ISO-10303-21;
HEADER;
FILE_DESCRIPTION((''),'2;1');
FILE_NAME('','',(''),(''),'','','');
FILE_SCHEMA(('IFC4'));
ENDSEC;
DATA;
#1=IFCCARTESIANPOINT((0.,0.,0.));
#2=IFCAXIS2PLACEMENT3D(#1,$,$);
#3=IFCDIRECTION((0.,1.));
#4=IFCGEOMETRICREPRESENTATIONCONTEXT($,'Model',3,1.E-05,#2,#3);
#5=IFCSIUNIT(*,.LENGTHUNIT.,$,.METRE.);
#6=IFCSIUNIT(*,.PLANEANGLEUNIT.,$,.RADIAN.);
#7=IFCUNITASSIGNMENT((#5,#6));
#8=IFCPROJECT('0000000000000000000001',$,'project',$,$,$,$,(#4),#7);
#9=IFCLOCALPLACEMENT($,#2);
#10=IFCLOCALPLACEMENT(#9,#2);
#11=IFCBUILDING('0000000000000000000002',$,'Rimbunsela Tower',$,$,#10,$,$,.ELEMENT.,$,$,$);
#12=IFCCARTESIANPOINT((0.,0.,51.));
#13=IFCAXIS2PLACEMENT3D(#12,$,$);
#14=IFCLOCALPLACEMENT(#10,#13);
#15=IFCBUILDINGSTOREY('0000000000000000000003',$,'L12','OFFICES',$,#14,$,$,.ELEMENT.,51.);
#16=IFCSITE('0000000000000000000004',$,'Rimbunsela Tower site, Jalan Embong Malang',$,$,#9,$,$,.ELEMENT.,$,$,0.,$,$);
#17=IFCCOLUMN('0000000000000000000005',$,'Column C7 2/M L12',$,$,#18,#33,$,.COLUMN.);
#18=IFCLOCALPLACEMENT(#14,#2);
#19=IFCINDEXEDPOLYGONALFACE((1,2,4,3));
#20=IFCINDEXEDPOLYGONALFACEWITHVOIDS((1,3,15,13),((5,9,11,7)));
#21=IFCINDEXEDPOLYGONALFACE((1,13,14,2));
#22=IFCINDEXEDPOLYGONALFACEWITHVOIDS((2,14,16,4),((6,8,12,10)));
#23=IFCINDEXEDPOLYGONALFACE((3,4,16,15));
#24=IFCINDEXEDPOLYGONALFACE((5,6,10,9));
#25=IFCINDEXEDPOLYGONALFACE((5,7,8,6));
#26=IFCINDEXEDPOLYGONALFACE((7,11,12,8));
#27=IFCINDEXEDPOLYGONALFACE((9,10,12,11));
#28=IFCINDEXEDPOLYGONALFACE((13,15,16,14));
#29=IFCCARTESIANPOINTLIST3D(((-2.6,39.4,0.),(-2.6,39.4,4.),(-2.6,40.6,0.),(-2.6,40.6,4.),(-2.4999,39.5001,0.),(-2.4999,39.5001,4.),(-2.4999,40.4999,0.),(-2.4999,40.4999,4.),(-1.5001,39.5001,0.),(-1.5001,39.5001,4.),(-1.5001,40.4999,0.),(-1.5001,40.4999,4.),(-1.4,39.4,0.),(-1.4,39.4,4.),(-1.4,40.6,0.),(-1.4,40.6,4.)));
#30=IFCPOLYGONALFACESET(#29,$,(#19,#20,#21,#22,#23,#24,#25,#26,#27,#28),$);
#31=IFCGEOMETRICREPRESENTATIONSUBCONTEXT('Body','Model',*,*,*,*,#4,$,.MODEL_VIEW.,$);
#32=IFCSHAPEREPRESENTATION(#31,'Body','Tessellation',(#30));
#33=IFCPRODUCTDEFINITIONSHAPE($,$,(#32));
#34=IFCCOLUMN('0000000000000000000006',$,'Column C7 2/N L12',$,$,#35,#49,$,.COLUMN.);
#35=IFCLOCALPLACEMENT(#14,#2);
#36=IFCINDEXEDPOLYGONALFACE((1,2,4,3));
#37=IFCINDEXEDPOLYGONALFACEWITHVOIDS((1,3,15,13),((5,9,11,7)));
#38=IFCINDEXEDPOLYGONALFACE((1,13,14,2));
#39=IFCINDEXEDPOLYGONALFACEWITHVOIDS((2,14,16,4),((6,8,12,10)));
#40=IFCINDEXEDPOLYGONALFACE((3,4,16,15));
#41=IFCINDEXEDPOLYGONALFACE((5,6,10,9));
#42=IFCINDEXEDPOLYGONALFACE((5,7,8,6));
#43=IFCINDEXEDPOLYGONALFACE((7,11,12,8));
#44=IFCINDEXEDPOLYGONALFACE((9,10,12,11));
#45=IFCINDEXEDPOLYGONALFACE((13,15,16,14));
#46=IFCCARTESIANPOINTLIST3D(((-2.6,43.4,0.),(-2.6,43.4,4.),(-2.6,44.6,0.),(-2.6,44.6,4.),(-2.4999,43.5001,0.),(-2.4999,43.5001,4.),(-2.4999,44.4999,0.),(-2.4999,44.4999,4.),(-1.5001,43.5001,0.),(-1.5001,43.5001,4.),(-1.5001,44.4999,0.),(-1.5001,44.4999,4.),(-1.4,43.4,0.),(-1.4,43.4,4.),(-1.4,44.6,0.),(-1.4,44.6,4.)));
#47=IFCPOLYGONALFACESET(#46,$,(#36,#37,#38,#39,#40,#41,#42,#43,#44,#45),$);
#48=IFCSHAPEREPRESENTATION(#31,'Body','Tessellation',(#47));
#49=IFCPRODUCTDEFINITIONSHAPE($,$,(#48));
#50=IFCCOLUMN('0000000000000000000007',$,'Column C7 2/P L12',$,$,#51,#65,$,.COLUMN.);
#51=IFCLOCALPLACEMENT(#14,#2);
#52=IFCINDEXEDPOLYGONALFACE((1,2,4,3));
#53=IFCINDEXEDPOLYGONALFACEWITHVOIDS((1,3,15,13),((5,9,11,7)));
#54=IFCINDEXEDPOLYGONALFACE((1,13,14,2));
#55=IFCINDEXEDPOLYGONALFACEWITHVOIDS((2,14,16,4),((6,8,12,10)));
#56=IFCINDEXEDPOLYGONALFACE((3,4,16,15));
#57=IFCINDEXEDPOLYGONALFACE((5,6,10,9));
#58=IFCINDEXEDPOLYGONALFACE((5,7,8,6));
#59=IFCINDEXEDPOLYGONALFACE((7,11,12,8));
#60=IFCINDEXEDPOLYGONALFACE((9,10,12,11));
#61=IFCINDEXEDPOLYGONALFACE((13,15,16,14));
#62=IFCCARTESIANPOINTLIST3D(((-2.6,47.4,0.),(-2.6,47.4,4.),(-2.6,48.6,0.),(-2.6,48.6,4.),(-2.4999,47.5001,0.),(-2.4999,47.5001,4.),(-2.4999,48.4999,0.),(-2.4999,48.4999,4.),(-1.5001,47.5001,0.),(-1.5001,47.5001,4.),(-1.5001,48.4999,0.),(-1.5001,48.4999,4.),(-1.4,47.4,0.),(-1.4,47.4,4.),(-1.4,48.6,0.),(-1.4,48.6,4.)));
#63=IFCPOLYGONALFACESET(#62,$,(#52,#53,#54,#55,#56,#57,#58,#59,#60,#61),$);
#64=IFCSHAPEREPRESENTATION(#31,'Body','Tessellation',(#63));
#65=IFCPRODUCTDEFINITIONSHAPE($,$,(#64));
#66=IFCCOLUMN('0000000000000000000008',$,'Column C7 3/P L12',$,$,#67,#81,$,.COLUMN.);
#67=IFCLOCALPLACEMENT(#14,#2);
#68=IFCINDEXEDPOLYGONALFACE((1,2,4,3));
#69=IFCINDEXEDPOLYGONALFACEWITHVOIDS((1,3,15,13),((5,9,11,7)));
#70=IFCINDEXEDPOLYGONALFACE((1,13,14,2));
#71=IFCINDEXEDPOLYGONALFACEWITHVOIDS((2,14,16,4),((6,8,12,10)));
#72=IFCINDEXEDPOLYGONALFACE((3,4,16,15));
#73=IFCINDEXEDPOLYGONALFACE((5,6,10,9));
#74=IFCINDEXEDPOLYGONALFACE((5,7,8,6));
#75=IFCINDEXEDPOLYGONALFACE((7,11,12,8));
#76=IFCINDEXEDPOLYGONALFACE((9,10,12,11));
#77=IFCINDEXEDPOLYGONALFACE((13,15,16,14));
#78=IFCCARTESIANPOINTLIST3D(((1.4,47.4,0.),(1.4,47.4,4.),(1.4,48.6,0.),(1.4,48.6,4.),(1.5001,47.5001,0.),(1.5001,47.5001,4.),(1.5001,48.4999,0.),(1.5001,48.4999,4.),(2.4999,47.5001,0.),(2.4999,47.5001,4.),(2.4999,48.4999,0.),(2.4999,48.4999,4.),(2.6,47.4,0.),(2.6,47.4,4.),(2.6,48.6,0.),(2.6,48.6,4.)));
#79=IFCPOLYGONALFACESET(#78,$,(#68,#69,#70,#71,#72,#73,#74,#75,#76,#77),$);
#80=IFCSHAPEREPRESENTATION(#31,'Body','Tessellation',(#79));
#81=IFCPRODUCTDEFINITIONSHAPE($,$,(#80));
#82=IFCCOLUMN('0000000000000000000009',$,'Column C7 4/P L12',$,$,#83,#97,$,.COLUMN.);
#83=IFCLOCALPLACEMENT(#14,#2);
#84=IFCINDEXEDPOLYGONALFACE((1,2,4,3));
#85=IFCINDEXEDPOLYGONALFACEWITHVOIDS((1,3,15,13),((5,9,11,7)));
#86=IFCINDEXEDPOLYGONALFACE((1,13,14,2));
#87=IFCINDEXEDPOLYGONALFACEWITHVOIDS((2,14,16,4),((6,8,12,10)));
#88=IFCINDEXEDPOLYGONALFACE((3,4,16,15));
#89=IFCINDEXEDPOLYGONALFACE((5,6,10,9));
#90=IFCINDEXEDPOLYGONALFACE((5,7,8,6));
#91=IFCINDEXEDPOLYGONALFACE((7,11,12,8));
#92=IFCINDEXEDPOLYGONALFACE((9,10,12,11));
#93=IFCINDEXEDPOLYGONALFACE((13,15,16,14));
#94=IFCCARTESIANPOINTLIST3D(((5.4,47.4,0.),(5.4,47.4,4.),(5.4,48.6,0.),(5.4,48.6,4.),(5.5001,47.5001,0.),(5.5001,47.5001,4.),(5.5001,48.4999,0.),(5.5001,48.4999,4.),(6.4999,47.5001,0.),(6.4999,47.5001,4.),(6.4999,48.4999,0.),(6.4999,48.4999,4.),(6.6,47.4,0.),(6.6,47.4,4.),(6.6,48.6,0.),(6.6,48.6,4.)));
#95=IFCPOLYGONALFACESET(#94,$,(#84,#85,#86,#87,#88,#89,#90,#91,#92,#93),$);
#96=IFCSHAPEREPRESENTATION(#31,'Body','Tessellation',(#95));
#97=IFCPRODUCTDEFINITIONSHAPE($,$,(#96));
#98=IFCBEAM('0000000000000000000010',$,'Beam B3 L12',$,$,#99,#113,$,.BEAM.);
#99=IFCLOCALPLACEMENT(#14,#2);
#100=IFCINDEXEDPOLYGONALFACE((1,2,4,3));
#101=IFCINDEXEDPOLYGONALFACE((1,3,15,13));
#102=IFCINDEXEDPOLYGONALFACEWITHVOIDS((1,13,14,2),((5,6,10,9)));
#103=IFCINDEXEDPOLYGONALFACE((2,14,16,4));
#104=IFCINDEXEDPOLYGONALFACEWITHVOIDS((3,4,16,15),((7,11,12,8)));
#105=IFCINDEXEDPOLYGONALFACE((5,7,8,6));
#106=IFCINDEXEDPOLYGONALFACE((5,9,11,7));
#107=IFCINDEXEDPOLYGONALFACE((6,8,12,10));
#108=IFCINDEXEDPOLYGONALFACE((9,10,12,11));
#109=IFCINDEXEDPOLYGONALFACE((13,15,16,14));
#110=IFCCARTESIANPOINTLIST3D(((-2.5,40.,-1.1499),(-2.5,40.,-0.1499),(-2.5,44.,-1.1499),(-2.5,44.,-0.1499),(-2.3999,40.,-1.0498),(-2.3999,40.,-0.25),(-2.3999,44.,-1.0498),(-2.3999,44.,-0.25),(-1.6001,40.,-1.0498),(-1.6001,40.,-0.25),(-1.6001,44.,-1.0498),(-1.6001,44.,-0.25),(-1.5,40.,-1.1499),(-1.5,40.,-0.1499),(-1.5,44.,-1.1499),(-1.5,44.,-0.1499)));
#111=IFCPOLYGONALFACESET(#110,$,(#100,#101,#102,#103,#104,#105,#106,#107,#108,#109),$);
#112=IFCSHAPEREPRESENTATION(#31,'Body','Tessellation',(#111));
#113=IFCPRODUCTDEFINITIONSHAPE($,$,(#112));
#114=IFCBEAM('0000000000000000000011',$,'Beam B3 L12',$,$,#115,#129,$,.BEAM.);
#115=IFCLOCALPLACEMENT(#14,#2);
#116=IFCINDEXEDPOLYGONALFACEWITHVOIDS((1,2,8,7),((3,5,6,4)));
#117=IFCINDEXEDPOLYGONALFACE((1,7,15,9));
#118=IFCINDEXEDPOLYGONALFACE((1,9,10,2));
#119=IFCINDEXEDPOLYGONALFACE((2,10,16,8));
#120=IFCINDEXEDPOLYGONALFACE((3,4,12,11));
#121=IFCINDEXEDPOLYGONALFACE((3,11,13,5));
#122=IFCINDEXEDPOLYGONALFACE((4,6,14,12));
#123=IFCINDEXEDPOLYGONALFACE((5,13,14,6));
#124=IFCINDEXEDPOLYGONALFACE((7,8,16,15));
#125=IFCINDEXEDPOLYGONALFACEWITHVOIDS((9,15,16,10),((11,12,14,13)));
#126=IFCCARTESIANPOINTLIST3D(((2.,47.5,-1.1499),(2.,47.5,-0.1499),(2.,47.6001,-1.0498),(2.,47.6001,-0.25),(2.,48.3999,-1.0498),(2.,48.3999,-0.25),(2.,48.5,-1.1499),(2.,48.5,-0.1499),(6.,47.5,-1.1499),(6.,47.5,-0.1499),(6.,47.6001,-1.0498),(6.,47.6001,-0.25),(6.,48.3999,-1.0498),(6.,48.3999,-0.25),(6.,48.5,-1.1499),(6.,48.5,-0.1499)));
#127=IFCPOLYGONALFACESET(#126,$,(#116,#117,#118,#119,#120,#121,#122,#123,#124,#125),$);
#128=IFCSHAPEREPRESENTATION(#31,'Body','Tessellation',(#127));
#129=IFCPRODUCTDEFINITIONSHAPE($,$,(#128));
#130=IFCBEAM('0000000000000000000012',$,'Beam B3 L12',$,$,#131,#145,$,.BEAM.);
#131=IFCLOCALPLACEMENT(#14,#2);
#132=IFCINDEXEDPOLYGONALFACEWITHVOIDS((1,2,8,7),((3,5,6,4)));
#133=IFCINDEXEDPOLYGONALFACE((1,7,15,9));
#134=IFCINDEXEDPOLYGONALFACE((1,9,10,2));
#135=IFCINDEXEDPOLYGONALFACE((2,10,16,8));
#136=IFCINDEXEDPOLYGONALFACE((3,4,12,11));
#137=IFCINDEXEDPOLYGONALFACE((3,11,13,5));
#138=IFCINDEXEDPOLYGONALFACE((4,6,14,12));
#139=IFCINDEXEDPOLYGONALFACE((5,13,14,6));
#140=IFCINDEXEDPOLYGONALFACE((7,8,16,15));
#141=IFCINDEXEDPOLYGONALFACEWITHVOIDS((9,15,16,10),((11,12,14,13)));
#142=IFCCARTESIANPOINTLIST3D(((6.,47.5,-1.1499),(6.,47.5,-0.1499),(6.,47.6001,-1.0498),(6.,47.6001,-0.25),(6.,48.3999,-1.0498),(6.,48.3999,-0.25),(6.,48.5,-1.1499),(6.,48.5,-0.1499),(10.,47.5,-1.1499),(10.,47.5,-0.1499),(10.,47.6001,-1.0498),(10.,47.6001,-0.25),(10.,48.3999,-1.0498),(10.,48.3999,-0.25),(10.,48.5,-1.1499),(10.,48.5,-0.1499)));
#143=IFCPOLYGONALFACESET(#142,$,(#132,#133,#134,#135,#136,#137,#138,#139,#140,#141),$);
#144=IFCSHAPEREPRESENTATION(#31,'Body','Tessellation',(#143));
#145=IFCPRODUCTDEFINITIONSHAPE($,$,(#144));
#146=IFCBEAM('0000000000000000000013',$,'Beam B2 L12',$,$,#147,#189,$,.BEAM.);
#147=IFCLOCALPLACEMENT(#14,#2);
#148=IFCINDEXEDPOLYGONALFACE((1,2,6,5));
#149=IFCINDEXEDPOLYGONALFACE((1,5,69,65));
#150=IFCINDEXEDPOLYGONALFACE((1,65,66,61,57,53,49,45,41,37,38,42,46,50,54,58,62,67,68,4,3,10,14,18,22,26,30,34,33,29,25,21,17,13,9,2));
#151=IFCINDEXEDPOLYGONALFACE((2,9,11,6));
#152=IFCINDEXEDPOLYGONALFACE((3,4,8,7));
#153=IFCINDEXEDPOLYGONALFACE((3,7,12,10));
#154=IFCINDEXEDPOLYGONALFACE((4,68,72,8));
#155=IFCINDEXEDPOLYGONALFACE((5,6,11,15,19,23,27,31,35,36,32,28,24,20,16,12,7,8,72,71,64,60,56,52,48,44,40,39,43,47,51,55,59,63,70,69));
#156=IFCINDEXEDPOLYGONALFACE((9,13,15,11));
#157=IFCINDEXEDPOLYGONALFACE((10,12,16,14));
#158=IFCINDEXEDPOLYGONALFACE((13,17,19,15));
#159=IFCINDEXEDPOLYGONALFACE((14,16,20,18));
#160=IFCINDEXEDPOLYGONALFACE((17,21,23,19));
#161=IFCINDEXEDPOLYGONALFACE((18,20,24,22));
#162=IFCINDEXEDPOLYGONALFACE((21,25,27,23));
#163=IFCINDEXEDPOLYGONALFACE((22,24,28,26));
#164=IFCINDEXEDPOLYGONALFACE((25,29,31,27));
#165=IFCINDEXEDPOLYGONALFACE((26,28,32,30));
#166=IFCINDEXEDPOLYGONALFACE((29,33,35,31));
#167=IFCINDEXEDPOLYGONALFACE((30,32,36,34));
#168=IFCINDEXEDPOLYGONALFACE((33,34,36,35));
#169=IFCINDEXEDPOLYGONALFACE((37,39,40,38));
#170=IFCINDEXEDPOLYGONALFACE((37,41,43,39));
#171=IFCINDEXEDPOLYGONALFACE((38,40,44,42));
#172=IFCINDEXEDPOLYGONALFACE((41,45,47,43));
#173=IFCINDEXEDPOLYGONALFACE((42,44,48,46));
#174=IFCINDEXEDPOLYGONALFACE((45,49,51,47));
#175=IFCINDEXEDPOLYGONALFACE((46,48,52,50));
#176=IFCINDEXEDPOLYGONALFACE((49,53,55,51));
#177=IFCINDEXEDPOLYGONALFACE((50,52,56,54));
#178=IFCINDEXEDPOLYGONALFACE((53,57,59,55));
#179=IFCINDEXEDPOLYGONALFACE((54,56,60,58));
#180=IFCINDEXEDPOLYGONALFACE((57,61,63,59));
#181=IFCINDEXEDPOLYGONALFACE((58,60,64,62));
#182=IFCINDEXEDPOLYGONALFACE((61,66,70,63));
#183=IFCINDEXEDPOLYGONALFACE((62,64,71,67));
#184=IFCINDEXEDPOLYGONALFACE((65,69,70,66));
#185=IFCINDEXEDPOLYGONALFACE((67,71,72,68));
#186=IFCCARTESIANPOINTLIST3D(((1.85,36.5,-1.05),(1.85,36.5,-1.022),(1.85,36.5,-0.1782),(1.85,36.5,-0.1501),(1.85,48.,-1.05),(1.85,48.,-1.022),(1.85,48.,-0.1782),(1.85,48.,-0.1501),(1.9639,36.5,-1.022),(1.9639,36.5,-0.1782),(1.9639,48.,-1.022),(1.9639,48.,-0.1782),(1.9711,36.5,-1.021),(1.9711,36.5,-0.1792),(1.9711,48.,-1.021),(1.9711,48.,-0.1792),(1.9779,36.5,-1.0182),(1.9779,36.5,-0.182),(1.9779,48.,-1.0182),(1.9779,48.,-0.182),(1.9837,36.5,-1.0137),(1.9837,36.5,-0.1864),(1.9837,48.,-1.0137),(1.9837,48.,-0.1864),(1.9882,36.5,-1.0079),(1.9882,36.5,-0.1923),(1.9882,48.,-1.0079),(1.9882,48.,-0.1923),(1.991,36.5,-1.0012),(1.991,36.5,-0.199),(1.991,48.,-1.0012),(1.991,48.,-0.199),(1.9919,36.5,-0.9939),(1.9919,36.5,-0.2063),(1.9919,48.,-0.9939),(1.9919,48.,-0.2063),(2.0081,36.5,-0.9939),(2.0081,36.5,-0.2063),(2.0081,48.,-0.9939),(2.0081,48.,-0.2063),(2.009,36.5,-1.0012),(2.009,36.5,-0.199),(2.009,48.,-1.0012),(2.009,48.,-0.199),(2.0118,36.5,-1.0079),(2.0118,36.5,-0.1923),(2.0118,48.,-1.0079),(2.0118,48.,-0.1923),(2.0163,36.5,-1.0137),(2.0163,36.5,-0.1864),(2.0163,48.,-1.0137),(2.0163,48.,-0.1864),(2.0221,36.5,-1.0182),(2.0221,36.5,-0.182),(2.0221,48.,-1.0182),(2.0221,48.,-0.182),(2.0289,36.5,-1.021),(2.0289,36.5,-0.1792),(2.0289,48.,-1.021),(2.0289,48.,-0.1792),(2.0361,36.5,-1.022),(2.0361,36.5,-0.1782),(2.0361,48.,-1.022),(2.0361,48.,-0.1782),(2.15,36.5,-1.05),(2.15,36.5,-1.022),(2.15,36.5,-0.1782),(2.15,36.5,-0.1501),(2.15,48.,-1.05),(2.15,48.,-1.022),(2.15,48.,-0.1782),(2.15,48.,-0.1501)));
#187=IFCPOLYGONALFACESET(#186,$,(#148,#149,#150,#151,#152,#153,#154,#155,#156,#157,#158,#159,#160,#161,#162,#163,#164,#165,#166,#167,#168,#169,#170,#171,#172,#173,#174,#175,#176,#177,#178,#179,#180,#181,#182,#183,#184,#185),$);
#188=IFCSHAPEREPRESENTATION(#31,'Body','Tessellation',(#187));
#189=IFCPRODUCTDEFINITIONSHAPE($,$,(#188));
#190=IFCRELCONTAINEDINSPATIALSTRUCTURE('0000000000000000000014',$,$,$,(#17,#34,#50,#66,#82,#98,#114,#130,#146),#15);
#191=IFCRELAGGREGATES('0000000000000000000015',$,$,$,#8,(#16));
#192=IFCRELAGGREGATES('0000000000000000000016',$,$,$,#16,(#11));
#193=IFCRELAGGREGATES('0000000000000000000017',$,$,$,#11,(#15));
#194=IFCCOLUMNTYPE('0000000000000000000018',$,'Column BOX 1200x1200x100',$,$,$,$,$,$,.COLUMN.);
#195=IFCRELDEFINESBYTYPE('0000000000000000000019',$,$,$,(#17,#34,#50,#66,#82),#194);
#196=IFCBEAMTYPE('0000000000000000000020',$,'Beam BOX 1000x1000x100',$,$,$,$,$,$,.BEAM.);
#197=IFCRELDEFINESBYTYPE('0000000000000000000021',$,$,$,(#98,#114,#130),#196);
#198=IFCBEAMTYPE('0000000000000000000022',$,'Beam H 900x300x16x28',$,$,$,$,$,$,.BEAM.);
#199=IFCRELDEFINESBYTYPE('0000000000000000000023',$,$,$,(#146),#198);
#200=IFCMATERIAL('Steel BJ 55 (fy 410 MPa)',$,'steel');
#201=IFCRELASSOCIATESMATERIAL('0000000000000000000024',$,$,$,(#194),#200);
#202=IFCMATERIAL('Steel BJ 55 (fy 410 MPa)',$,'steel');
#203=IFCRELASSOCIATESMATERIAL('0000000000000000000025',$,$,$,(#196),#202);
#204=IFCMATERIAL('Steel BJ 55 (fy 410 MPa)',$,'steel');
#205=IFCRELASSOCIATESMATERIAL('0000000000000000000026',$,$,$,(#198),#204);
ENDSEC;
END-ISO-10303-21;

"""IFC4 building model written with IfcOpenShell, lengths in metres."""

from ifc_helpers import new_model, si_unit, direction, frame, origin, origin_2d, place, context, subcontext, project, spatial, hollow_rectangle, i_section, extrude, material, material_profile, profile_set, type_object, element, save


model = new_model("IFC4")

# Units and contexts
model_context = context("Model", 3, precision=1e-05, world=origin(), true_north=direction((0.0, 1.0)))
body_context = subcontext(model_context, "Body", "Model", "MODEL_VIEW")
ifc_project = project(units=[si_unit("LENGTHUNIT", "METRE"), si_unit("PLANEANGLEUNIT", "RADIAN")], contexts=[model_context])

# Site, building, storey
site_placement = place(None, origin())
site = spatial("IfcSite", under=ifc_project, at=site_placement, Name="Rimbunsela Tower site, Jalan Embong Malang", CompositionType="ELEMENT", RefElevation=0.0)
building_placement = place(site_placement, origin())
building = spatial("IfcBuilding", under=site, at=building_placement, Name="Rimbunsela Tower", CompositionType="ELEMENT")
storey_placement = place(building_placement, frame((0.0, 0.0, 51.0)))
storey = spatial("IfcBuildingStorey", under=building, at=storey_placement, Name="L12", Description="OFFICES", CompositionType="ELEMENT", Elevation=51.0)

# Columns
ifc_material_1 = material(Name="Steel BJ 55 (fy 410 MPa)", Category="steel")
ifc_material_profile_1 = material_profile(ifc_material_1, hollow_rectangle(XDim=1.2, YDim=1.2, WallThickness=0.1001, at=origin_2d()), Name="BOX 1200x1200x100")
ifc_profile_set_1 = profile_set([ifc_material_profile_1], Name="Steel BJ 55 (fy 410 MPa)")
column_type = type_object("IfcColumnType", Name="Column BOX 1200x1200x100", PredefinedType="COLUMN", material=ifc_profile_set_1)
for number, where, z_axis, x_axis, name in (
    (1, (-2.0, 40.0, 0.0), (0.0, 0.0, 1.0), (1.0, 0.0, 0.0), "Column C7 2/M L12"),
    (2, (-2.0, 44.0, 0.0), (0.0, 0.0, 1.0), (1.0, 0.0, 0.0), "Column C7 2/N L12"),
    (3, (-2.0, 48.0, 0.0), (0.0, 0.0, 1.0), (1.0, 0.0, 0.0), "Column C7 2/P L12"),
    (4, (2.0, 48.0, 0.0), (0.0, 0.0, 1.0), (1.0, 0.0, 0.0), "Column C7 3/P L12"),
    (5, (6.0, 48.0, 0.0), (0.0, 0.0, 1.0), (1.0, 0.0, 0.0), "Column C7 4/P L12"),
):
    element("IfcColumn", number, at=place(storey_placement, frame(where, z_axis=z_axis, x_axis=x_axis)), inside=storey, type_object=column_type, Name=name, PredefinedType="COLUMN", context=body_context, shape_type="SweptSolid", body=[
        extrude(hollow_rectangle(XDim=1.2, YDim=1.2, WallThickness=0.1001, at=origin_2d()), origin(), (0.0, 0.0, 1.0), 4.0),
    ])

# Beams
ifc_material_2 = material(Name="Steel BJ 55 (fy 410 MPa)", Category="steel")
ifc_material_profile_2 = material_profile(ifc_material_2, hollow_rectangle(XDim=1.0, YDim=1.0, WallThickness=0.1001, at=origin_2d()), Name="BOX 1000x1000x100")
ifc_profile_set_2 = profile_set([ifc_material_profile_2], Name="Steel BJ 55 (fy 410 MPa)")
beam_type_1 = type_object("IfcBeamType", Name="Beam BOX 1000x1000x100", PredefinedType="BEAM", material=ifc_profile_set_2)
for number, where, z_axis, x_axis, name in (
    (6, (-2.0, 40.0, -0.6499), (0.0, 1.0, 0.0), (-1.0, 0.0, 0.0), "Beam B3 L12"),
    (7, (2.0, 48.0, -0.6499), (1.0, 0.0, 0.0), (0.0, 1.0, 0.0), "Beam B3 L12"),
    (8, (6.0, 48.0, -0.6499), (1.0, 0.0, 0.0), (0.0, 1.0, 0.0), "Beam B3 L12"),
):
    element("IfcBeam", number, at=place(storey_placement, frame(where, z_axis=z_axis, x_axis=x_axis)), inside=storey, type_object=beam_type_1, Name=name, PredefinedType="BEAM", context=body_context, shape_type="SweptSolid", body=[
        extrude(hollow_rectangle(XDim=1.0, YDim=1.0, WallThickness=0.1001, at=origin_2d()), origin(), (0.0, 0.0, 1.0), 4.0),
    ])
ifc_material_3 = material(Name="Steel BJ 55 (fy 410 MPa)", Category="steel")
ifc_material_profile_3 = material_profile(ifc_material_3, i_section(OverallWidth=0.3, OverallDepth=0.8999, WebThickness=0.0161, FlangeThickness=0.0281, FilletRadius=0.0281, at=origin_2d()), Name="H 900x300x16x28")
ifc_profile_set_3 = profile_set([ifc_material_profile_3], Name="Steel BJ 55 (fy 410 MPa)")
beam_type_2 = type_object("IfcBeamType", Name="Beam H 900x300x16x28", PredefinedType="BEAM", material=ifc_profile_set_3)
for number, where, z_axis, x_axis, name in (
    (9, (2.0, 36.5, -0.6001), (0.0, 1.0, 0.0), (-1.0, 0.0, 0.0), "Beam B2 L12"),
):
    element("IfcBeam", number, at=place(storey_placement, frame(where, z_axis=z_axis, x_axis=x_axis)), inside=storey, type_object=beam_type_2, Name=name, PredefinedType="BEAM", context=body_context, shape_type="SweptSolid", body=[
        extrude(i_section(OverallWidth=0.3, OverallDepth=0.8999, WebThickness=0.0161, FlangeThickness=0.0281, FilletRadius=0.0281, at=origin_2d()), origin(), (0.0, 0.0, 1.0), 11.5),
    ])

save(model, "model.ifc")
